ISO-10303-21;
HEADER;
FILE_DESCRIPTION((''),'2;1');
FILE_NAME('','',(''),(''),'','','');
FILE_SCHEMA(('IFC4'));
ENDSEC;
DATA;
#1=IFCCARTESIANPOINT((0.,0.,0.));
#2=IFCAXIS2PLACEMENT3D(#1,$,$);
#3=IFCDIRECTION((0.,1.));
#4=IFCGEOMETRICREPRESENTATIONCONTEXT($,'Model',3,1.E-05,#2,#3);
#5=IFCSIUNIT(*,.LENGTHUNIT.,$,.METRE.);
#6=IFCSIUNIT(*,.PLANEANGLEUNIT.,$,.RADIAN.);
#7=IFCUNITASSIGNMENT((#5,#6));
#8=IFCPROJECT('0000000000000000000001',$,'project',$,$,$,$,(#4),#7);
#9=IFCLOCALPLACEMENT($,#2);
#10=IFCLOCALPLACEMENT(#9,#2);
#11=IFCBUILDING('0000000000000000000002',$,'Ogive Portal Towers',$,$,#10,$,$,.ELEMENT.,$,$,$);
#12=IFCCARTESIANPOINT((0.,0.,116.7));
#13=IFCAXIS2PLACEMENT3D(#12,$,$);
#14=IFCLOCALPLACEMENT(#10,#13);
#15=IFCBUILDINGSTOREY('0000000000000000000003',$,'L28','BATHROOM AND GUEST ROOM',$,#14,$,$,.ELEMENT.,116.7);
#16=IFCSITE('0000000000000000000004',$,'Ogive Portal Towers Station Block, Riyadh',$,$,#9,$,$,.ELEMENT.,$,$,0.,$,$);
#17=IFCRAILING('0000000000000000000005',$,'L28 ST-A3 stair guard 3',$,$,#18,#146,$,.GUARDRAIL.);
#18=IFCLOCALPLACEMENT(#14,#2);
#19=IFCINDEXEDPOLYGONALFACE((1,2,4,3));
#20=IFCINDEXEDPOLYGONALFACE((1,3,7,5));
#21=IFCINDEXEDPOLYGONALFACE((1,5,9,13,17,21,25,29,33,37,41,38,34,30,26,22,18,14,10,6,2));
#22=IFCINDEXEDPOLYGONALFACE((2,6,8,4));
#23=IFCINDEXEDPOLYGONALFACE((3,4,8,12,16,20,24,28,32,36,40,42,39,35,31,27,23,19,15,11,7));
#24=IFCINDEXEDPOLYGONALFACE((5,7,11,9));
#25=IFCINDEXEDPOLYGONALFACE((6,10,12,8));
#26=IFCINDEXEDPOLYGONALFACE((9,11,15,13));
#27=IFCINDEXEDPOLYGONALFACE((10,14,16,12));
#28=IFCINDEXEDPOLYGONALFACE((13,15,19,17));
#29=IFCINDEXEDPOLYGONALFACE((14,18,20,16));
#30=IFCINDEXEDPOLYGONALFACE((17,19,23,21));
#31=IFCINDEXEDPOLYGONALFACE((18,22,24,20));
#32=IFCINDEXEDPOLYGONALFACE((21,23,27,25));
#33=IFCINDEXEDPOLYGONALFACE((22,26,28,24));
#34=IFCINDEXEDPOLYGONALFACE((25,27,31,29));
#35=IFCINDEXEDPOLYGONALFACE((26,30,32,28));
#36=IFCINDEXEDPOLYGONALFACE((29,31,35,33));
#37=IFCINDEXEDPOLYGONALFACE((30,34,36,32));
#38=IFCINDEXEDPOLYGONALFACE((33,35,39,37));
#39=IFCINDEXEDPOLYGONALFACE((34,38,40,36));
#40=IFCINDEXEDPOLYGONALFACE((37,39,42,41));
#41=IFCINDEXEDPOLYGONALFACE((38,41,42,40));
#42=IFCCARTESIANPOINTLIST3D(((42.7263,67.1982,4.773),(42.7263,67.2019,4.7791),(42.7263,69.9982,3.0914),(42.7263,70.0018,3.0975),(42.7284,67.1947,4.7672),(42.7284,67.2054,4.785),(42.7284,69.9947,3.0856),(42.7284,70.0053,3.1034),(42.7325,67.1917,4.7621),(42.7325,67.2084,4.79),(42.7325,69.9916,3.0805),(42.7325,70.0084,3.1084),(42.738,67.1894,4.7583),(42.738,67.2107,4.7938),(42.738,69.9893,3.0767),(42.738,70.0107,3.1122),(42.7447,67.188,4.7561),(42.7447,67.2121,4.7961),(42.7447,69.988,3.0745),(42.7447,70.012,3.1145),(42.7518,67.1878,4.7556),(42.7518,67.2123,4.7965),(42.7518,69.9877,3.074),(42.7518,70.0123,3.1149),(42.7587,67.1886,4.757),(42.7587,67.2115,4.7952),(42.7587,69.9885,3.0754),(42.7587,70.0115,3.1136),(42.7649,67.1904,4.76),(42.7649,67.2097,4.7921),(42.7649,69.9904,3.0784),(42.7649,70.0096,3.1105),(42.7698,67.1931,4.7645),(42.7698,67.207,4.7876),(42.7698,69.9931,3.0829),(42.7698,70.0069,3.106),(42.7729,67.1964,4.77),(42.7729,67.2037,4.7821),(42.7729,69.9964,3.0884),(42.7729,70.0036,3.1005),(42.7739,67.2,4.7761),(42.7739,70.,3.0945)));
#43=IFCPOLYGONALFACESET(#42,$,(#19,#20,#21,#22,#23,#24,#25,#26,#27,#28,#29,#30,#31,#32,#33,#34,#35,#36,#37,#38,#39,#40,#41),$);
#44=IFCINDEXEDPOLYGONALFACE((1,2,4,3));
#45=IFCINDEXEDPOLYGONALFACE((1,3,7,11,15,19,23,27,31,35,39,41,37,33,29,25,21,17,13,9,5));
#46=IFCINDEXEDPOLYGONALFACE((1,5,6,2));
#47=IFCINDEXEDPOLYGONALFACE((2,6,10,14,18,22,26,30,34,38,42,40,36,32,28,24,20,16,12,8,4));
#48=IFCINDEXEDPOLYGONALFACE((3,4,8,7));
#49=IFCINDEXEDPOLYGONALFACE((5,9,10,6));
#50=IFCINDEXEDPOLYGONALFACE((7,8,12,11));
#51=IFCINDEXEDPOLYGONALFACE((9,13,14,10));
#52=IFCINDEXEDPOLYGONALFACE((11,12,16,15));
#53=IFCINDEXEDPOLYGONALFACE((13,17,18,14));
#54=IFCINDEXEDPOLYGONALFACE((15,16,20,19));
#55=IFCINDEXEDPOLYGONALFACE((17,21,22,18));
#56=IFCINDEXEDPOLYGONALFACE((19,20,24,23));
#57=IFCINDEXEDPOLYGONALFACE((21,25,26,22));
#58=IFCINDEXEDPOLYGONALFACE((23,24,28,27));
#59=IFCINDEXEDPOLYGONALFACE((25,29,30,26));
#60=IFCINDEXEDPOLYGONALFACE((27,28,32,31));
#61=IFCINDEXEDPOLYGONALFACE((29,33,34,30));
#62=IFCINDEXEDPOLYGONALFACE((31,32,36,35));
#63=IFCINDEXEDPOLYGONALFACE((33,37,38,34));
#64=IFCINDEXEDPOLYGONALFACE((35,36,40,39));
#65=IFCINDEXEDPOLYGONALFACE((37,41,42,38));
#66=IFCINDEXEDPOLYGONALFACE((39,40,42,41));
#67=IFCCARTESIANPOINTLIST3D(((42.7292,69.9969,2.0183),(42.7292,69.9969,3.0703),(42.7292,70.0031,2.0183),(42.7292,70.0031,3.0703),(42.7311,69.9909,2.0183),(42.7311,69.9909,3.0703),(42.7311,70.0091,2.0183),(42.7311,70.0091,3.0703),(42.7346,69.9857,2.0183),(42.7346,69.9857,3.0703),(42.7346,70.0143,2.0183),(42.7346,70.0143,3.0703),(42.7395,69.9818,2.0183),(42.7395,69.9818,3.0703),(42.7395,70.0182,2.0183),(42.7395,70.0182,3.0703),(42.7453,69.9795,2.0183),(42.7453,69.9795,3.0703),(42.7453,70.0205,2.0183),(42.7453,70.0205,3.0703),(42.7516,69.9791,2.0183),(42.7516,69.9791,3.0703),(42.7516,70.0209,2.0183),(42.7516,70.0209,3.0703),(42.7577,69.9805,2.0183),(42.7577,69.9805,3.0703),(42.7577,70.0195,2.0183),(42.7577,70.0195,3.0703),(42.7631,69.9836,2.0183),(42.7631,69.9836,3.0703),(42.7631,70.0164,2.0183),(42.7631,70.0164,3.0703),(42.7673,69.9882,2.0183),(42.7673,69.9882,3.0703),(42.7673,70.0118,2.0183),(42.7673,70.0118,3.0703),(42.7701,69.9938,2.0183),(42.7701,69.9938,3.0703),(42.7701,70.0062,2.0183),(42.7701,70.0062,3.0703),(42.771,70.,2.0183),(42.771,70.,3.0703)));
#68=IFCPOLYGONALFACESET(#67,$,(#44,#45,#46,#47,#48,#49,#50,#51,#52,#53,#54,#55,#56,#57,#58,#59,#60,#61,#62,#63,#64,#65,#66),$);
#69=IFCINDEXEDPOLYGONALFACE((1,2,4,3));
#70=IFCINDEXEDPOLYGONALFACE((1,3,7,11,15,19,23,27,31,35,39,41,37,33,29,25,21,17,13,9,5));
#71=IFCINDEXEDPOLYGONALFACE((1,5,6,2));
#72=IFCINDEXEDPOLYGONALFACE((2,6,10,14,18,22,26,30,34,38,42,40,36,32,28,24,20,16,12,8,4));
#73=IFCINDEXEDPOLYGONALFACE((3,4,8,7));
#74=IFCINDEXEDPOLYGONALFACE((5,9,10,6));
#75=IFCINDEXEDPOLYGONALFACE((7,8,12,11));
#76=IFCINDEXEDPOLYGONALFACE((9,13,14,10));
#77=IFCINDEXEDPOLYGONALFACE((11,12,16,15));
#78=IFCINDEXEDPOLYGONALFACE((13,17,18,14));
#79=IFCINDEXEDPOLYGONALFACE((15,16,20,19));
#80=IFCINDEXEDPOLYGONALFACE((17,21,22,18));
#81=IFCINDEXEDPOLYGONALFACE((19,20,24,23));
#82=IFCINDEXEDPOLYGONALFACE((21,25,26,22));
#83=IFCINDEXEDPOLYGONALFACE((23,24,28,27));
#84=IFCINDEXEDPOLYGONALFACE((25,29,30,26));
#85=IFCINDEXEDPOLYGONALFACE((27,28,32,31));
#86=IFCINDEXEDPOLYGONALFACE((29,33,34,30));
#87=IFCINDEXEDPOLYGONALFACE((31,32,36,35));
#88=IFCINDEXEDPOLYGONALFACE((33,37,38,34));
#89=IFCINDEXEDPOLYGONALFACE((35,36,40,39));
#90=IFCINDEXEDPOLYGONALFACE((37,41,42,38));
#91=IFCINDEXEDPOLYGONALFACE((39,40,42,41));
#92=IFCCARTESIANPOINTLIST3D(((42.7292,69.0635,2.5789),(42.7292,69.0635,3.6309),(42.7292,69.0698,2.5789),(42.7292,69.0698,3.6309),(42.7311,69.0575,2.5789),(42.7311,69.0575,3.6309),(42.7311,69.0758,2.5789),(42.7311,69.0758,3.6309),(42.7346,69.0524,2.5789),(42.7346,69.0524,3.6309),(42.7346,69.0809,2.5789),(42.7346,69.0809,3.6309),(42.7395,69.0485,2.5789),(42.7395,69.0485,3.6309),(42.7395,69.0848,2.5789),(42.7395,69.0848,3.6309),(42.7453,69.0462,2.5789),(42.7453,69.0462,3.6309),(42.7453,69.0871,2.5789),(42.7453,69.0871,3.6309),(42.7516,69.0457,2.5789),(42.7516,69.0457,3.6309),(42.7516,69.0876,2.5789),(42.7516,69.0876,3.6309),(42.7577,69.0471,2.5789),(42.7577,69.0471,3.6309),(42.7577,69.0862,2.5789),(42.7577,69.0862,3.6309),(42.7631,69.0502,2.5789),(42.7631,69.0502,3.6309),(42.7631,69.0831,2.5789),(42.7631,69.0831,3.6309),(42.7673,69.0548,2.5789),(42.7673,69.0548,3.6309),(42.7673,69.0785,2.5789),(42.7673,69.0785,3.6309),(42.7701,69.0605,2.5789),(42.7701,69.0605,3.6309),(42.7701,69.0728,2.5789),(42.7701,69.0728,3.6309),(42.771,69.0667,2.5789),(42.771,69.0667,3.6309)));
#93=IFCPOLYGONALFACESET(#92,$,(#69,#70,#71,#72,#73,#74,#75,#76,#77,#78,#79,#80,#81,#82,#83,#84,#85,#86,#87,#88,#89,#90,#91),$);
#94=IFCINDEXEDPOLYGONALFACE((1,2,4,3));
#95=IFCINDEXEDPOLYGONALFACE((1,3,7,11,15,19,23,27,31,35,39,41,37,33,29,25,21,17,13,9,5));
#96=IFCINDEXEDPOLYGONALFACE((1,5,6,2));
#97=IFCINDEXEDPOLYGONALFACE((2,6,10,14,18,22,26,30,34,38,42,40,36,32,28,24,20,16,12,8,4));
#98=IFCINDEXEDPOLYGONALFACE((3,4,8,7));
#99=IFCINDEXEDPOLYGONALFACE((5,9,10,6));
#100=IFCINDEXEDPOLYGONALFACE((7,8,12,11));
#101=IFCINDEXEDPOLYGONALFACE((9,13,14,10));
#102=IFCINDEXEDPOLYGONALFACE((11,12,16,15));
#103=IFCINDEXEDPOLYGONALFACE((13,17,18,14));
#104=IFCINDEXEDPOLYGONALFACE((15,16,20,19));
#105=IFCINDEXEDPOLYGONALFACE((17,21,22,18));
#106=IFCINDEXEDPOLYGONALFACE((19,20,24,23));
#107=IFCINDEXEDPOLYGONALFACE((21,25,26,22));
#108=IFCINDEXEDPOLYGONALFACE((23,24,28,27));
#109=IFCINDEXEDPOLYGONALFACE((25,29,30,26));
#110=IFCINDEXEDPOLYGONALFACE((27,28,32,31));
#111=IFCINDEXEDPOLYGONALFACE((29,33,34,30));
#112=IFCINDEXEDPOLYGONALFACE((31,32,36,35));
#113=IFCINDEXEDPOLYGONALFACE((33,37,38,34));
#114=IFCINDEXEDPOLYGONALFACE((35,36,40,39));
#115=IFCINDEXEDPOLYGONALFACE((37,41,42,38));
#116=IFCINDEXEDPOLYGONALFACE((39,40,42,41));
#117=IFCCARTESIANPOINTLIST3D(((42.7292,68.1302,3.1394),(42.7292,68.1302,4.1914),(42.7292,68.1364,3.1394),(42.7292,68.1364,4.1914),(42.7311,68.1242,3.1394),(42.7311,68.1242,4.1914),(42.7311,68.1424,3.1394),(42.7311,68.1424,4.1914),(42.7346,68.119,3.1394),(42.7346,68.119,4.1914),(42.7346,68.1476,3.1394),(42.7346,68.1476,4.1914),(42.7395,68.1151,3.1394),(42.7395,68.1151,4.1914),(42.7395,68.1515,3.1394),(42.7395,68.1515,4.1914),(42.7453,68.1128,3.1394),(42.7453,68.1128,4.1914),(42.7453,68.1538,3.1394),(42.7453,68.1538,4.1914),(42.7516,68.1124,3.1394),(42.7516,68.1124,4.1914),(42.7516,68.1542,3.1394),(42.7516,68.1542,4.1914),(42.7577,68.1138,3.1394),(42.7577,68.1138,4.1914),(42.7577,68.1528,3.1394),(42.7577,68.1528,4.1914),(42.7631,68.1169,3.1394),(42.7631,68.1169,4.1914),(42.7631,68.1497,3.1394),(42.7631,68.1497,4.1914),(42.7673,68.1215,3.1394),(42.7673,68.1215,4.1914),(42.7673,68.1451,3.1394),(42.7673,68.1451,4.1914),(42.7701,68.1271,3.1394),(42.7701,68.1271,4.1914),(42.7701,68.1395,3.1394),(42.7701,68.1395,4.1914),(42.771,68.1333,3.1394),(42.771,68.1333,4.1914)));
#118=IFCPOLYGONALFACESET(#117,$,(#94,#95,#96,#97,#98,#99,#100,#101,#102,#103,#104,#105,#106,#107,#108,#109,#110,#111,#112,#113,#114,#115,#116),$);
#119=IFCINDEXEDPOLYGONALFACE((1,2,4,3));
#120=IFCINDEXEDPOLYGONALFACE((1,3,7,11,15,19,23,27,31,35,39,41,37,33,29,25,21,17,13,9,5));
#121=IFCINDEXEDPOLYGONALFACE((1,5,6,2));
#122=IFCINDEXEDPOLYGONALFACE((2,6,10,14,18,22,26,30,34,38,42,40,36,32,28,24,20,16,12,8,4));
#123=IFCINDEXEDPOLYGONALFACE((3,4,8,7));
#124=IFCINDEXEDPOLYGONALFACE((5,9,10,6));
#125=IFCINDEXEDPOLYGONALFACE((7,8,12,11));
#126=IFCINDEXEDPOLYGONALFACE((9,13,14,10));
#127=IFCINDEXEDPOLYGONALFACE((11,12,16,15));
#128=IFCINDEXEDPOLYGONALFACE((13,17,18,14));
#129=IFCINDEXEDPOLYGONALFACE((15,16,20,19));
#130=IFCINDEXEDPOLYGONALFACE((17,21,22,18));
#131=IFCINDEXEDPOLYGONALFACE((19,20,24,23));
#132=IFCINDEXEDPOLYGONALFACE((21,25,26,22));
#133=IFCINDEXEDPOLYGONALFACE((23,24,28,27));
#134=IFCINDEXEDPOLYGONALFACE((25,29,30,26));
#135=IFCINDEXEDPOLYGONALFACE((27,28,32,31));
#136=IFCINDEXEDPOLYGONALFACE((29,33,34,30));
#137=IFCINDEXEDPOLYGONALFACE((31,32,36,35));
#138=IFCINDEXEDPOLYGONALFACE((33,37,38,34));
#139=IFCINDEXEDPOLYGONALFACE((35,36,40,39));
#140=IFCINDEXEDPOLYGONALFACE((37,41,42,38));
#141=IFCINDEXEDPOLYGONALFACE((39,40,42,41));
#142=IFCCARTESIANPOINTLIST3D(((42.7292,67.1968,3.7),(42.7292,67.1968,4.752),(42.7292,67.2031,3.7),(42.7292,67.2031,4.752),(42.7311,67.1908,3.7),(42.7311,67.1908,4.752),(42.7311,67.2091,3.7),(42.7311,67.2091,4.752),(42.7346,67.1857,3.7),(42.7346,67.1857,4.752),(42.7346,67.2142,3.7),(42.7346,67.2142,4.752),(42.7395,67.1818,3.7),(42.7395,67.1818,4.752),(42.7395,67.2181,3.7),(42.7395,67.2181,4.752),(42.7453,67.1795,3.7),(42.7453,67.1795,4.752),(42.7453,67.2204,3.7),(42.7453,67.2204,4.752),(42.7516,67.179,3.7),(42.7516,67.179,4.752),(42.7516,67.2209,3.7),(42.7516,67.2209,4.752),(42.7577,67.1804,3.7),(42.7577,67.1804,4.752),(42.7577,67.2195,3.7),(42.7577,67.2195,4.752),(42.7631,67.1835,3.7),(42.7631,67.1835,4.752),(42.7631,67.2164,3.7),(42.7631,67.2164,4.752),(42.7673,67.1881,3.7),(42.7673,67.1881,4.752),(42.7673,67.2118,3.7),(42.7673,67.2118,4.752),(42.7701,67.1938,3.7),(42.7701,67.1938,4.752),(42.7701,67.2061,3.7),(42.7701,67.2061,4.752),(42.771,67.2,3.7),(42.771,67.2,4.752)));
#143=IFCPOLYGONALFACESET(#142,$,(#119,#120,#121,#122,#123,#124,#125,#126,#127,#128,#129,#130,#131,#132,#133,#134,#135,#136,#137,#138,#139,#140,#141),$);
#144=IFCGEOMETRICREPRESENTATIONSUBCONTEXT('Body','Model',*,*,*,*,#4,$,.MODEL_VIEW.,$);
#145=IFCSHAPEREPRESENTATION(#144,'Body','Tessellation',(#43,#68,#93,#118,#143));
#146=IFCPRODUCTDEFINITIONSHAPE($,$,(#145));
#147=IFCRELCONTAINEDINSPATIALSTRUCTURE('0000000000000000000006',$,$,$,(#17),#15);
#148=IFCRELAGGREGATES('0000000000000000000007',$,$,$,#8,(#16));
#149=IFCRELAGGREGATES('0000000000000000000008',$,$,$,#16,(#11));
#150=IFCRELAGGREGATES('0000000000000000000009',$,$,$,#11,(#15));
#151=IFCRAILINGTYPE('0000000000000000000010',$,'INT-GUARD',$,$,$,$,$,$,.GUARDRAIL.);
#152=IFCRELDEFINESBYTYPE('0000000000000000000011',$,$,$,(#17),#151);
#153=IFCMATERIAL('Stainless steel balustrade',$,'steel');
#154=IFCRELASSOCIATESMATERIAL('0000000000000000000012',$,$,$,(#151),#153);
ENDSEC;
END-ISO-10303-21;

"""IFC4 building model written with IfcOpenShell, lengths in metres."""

from ifc_helpers import new_model, si_unit, direction, frame, origin, origin_2d, place, context, subcontext, project, spatial, circle, extrude, material, type_object, element, save


model = new_model("IFC4")

# Units and contexts
model_context = context("Model", 3, precision=1e-05, world=origin(), true_north=direction((0.0, 1.0)))
body_context = subcontext(model_context, "Body", "Model", "MODEL_VIEW")
ifc_project = project(units=[si_unit("LENGTHUNIT", "METRE"), si_unit("PLANEANGLEUNIT", "RADIAN")], contexts=[model_context])

# Site, building, storey
site_placement = place(None, origin())
site = spatial("IfcSite", under=ifc_project, at=site_placement, Name="Ogive Portal Towers Station Block, Riyadh", CompositionType="ELEMENT", RefElevation=0.0)
building_placement = place(site_placement, origin())
building = spatial("IfcBuilding", under=site, at=building_placement, Name="Ogive Portal Towers", CompositionType="ELEMENT")
storey_placement = place(building_placement, frame((0.0, 0.0, 116.7)))
storey = spatial("IfcBuildingStorey", under=building, at=storey_placement, Name="L28", Description="BATHROOM AND GUEST ROOM", CompositionType="ELEMENT", Elevation=116.7)

# Railing
ifc_material_1 = material(Name="Stainless steel balustrade", Category="steel")
railing_type_1 = type_object("IfcRailingType", Name="INT-GUARD", PredefinedType="GUARDRAIL", material=ifc_material_1)
railing_1_placement = place(storey_placement, frame((42.75, 70.0, 2.0183)))
element("IfcRailing", 1, at=railing_1_placement, inside=storey, type_object=railing_type_1, Name="L28 ST-A3 stair guard 3", PredefinedType="GUARDRAIL", context=body_context, shape_type="SweptSolid", body=[
    extrude(circle(Radius=0.0239, at=origin_2d()), frame((0.0, 0.0, 1.0762), z_axis=(0.0, -0.857275, 0.514858), x_axis=(1.0, 0.0, 0.0)), (0.0, 0.0, 1.0), 3.2661),
    extrude(circle(Radius=0.021, at=origin_2d()), origin(), (0.0, 0.0, 1.0), 1.052),
    extrude(circle(Radius=0.021, at=origin_2d()), frame((0.0, -0.9333, 0.5605)), (0.0, 0.0, 1.0), 1.052),
    extrude(circle(Radius=0.021, at=origin_2d()), frame((0.0, -1.8667, 1.1211)), (0.0, 0.0, 1.0), 1.052),
    extrude(circle(Radius=0.021, at=origin_2d()), frame((0.0, -2.8, 1.6816)), (0.0, 0.0, 1.0), 1.052),
])

save(model, "model.ifc")
